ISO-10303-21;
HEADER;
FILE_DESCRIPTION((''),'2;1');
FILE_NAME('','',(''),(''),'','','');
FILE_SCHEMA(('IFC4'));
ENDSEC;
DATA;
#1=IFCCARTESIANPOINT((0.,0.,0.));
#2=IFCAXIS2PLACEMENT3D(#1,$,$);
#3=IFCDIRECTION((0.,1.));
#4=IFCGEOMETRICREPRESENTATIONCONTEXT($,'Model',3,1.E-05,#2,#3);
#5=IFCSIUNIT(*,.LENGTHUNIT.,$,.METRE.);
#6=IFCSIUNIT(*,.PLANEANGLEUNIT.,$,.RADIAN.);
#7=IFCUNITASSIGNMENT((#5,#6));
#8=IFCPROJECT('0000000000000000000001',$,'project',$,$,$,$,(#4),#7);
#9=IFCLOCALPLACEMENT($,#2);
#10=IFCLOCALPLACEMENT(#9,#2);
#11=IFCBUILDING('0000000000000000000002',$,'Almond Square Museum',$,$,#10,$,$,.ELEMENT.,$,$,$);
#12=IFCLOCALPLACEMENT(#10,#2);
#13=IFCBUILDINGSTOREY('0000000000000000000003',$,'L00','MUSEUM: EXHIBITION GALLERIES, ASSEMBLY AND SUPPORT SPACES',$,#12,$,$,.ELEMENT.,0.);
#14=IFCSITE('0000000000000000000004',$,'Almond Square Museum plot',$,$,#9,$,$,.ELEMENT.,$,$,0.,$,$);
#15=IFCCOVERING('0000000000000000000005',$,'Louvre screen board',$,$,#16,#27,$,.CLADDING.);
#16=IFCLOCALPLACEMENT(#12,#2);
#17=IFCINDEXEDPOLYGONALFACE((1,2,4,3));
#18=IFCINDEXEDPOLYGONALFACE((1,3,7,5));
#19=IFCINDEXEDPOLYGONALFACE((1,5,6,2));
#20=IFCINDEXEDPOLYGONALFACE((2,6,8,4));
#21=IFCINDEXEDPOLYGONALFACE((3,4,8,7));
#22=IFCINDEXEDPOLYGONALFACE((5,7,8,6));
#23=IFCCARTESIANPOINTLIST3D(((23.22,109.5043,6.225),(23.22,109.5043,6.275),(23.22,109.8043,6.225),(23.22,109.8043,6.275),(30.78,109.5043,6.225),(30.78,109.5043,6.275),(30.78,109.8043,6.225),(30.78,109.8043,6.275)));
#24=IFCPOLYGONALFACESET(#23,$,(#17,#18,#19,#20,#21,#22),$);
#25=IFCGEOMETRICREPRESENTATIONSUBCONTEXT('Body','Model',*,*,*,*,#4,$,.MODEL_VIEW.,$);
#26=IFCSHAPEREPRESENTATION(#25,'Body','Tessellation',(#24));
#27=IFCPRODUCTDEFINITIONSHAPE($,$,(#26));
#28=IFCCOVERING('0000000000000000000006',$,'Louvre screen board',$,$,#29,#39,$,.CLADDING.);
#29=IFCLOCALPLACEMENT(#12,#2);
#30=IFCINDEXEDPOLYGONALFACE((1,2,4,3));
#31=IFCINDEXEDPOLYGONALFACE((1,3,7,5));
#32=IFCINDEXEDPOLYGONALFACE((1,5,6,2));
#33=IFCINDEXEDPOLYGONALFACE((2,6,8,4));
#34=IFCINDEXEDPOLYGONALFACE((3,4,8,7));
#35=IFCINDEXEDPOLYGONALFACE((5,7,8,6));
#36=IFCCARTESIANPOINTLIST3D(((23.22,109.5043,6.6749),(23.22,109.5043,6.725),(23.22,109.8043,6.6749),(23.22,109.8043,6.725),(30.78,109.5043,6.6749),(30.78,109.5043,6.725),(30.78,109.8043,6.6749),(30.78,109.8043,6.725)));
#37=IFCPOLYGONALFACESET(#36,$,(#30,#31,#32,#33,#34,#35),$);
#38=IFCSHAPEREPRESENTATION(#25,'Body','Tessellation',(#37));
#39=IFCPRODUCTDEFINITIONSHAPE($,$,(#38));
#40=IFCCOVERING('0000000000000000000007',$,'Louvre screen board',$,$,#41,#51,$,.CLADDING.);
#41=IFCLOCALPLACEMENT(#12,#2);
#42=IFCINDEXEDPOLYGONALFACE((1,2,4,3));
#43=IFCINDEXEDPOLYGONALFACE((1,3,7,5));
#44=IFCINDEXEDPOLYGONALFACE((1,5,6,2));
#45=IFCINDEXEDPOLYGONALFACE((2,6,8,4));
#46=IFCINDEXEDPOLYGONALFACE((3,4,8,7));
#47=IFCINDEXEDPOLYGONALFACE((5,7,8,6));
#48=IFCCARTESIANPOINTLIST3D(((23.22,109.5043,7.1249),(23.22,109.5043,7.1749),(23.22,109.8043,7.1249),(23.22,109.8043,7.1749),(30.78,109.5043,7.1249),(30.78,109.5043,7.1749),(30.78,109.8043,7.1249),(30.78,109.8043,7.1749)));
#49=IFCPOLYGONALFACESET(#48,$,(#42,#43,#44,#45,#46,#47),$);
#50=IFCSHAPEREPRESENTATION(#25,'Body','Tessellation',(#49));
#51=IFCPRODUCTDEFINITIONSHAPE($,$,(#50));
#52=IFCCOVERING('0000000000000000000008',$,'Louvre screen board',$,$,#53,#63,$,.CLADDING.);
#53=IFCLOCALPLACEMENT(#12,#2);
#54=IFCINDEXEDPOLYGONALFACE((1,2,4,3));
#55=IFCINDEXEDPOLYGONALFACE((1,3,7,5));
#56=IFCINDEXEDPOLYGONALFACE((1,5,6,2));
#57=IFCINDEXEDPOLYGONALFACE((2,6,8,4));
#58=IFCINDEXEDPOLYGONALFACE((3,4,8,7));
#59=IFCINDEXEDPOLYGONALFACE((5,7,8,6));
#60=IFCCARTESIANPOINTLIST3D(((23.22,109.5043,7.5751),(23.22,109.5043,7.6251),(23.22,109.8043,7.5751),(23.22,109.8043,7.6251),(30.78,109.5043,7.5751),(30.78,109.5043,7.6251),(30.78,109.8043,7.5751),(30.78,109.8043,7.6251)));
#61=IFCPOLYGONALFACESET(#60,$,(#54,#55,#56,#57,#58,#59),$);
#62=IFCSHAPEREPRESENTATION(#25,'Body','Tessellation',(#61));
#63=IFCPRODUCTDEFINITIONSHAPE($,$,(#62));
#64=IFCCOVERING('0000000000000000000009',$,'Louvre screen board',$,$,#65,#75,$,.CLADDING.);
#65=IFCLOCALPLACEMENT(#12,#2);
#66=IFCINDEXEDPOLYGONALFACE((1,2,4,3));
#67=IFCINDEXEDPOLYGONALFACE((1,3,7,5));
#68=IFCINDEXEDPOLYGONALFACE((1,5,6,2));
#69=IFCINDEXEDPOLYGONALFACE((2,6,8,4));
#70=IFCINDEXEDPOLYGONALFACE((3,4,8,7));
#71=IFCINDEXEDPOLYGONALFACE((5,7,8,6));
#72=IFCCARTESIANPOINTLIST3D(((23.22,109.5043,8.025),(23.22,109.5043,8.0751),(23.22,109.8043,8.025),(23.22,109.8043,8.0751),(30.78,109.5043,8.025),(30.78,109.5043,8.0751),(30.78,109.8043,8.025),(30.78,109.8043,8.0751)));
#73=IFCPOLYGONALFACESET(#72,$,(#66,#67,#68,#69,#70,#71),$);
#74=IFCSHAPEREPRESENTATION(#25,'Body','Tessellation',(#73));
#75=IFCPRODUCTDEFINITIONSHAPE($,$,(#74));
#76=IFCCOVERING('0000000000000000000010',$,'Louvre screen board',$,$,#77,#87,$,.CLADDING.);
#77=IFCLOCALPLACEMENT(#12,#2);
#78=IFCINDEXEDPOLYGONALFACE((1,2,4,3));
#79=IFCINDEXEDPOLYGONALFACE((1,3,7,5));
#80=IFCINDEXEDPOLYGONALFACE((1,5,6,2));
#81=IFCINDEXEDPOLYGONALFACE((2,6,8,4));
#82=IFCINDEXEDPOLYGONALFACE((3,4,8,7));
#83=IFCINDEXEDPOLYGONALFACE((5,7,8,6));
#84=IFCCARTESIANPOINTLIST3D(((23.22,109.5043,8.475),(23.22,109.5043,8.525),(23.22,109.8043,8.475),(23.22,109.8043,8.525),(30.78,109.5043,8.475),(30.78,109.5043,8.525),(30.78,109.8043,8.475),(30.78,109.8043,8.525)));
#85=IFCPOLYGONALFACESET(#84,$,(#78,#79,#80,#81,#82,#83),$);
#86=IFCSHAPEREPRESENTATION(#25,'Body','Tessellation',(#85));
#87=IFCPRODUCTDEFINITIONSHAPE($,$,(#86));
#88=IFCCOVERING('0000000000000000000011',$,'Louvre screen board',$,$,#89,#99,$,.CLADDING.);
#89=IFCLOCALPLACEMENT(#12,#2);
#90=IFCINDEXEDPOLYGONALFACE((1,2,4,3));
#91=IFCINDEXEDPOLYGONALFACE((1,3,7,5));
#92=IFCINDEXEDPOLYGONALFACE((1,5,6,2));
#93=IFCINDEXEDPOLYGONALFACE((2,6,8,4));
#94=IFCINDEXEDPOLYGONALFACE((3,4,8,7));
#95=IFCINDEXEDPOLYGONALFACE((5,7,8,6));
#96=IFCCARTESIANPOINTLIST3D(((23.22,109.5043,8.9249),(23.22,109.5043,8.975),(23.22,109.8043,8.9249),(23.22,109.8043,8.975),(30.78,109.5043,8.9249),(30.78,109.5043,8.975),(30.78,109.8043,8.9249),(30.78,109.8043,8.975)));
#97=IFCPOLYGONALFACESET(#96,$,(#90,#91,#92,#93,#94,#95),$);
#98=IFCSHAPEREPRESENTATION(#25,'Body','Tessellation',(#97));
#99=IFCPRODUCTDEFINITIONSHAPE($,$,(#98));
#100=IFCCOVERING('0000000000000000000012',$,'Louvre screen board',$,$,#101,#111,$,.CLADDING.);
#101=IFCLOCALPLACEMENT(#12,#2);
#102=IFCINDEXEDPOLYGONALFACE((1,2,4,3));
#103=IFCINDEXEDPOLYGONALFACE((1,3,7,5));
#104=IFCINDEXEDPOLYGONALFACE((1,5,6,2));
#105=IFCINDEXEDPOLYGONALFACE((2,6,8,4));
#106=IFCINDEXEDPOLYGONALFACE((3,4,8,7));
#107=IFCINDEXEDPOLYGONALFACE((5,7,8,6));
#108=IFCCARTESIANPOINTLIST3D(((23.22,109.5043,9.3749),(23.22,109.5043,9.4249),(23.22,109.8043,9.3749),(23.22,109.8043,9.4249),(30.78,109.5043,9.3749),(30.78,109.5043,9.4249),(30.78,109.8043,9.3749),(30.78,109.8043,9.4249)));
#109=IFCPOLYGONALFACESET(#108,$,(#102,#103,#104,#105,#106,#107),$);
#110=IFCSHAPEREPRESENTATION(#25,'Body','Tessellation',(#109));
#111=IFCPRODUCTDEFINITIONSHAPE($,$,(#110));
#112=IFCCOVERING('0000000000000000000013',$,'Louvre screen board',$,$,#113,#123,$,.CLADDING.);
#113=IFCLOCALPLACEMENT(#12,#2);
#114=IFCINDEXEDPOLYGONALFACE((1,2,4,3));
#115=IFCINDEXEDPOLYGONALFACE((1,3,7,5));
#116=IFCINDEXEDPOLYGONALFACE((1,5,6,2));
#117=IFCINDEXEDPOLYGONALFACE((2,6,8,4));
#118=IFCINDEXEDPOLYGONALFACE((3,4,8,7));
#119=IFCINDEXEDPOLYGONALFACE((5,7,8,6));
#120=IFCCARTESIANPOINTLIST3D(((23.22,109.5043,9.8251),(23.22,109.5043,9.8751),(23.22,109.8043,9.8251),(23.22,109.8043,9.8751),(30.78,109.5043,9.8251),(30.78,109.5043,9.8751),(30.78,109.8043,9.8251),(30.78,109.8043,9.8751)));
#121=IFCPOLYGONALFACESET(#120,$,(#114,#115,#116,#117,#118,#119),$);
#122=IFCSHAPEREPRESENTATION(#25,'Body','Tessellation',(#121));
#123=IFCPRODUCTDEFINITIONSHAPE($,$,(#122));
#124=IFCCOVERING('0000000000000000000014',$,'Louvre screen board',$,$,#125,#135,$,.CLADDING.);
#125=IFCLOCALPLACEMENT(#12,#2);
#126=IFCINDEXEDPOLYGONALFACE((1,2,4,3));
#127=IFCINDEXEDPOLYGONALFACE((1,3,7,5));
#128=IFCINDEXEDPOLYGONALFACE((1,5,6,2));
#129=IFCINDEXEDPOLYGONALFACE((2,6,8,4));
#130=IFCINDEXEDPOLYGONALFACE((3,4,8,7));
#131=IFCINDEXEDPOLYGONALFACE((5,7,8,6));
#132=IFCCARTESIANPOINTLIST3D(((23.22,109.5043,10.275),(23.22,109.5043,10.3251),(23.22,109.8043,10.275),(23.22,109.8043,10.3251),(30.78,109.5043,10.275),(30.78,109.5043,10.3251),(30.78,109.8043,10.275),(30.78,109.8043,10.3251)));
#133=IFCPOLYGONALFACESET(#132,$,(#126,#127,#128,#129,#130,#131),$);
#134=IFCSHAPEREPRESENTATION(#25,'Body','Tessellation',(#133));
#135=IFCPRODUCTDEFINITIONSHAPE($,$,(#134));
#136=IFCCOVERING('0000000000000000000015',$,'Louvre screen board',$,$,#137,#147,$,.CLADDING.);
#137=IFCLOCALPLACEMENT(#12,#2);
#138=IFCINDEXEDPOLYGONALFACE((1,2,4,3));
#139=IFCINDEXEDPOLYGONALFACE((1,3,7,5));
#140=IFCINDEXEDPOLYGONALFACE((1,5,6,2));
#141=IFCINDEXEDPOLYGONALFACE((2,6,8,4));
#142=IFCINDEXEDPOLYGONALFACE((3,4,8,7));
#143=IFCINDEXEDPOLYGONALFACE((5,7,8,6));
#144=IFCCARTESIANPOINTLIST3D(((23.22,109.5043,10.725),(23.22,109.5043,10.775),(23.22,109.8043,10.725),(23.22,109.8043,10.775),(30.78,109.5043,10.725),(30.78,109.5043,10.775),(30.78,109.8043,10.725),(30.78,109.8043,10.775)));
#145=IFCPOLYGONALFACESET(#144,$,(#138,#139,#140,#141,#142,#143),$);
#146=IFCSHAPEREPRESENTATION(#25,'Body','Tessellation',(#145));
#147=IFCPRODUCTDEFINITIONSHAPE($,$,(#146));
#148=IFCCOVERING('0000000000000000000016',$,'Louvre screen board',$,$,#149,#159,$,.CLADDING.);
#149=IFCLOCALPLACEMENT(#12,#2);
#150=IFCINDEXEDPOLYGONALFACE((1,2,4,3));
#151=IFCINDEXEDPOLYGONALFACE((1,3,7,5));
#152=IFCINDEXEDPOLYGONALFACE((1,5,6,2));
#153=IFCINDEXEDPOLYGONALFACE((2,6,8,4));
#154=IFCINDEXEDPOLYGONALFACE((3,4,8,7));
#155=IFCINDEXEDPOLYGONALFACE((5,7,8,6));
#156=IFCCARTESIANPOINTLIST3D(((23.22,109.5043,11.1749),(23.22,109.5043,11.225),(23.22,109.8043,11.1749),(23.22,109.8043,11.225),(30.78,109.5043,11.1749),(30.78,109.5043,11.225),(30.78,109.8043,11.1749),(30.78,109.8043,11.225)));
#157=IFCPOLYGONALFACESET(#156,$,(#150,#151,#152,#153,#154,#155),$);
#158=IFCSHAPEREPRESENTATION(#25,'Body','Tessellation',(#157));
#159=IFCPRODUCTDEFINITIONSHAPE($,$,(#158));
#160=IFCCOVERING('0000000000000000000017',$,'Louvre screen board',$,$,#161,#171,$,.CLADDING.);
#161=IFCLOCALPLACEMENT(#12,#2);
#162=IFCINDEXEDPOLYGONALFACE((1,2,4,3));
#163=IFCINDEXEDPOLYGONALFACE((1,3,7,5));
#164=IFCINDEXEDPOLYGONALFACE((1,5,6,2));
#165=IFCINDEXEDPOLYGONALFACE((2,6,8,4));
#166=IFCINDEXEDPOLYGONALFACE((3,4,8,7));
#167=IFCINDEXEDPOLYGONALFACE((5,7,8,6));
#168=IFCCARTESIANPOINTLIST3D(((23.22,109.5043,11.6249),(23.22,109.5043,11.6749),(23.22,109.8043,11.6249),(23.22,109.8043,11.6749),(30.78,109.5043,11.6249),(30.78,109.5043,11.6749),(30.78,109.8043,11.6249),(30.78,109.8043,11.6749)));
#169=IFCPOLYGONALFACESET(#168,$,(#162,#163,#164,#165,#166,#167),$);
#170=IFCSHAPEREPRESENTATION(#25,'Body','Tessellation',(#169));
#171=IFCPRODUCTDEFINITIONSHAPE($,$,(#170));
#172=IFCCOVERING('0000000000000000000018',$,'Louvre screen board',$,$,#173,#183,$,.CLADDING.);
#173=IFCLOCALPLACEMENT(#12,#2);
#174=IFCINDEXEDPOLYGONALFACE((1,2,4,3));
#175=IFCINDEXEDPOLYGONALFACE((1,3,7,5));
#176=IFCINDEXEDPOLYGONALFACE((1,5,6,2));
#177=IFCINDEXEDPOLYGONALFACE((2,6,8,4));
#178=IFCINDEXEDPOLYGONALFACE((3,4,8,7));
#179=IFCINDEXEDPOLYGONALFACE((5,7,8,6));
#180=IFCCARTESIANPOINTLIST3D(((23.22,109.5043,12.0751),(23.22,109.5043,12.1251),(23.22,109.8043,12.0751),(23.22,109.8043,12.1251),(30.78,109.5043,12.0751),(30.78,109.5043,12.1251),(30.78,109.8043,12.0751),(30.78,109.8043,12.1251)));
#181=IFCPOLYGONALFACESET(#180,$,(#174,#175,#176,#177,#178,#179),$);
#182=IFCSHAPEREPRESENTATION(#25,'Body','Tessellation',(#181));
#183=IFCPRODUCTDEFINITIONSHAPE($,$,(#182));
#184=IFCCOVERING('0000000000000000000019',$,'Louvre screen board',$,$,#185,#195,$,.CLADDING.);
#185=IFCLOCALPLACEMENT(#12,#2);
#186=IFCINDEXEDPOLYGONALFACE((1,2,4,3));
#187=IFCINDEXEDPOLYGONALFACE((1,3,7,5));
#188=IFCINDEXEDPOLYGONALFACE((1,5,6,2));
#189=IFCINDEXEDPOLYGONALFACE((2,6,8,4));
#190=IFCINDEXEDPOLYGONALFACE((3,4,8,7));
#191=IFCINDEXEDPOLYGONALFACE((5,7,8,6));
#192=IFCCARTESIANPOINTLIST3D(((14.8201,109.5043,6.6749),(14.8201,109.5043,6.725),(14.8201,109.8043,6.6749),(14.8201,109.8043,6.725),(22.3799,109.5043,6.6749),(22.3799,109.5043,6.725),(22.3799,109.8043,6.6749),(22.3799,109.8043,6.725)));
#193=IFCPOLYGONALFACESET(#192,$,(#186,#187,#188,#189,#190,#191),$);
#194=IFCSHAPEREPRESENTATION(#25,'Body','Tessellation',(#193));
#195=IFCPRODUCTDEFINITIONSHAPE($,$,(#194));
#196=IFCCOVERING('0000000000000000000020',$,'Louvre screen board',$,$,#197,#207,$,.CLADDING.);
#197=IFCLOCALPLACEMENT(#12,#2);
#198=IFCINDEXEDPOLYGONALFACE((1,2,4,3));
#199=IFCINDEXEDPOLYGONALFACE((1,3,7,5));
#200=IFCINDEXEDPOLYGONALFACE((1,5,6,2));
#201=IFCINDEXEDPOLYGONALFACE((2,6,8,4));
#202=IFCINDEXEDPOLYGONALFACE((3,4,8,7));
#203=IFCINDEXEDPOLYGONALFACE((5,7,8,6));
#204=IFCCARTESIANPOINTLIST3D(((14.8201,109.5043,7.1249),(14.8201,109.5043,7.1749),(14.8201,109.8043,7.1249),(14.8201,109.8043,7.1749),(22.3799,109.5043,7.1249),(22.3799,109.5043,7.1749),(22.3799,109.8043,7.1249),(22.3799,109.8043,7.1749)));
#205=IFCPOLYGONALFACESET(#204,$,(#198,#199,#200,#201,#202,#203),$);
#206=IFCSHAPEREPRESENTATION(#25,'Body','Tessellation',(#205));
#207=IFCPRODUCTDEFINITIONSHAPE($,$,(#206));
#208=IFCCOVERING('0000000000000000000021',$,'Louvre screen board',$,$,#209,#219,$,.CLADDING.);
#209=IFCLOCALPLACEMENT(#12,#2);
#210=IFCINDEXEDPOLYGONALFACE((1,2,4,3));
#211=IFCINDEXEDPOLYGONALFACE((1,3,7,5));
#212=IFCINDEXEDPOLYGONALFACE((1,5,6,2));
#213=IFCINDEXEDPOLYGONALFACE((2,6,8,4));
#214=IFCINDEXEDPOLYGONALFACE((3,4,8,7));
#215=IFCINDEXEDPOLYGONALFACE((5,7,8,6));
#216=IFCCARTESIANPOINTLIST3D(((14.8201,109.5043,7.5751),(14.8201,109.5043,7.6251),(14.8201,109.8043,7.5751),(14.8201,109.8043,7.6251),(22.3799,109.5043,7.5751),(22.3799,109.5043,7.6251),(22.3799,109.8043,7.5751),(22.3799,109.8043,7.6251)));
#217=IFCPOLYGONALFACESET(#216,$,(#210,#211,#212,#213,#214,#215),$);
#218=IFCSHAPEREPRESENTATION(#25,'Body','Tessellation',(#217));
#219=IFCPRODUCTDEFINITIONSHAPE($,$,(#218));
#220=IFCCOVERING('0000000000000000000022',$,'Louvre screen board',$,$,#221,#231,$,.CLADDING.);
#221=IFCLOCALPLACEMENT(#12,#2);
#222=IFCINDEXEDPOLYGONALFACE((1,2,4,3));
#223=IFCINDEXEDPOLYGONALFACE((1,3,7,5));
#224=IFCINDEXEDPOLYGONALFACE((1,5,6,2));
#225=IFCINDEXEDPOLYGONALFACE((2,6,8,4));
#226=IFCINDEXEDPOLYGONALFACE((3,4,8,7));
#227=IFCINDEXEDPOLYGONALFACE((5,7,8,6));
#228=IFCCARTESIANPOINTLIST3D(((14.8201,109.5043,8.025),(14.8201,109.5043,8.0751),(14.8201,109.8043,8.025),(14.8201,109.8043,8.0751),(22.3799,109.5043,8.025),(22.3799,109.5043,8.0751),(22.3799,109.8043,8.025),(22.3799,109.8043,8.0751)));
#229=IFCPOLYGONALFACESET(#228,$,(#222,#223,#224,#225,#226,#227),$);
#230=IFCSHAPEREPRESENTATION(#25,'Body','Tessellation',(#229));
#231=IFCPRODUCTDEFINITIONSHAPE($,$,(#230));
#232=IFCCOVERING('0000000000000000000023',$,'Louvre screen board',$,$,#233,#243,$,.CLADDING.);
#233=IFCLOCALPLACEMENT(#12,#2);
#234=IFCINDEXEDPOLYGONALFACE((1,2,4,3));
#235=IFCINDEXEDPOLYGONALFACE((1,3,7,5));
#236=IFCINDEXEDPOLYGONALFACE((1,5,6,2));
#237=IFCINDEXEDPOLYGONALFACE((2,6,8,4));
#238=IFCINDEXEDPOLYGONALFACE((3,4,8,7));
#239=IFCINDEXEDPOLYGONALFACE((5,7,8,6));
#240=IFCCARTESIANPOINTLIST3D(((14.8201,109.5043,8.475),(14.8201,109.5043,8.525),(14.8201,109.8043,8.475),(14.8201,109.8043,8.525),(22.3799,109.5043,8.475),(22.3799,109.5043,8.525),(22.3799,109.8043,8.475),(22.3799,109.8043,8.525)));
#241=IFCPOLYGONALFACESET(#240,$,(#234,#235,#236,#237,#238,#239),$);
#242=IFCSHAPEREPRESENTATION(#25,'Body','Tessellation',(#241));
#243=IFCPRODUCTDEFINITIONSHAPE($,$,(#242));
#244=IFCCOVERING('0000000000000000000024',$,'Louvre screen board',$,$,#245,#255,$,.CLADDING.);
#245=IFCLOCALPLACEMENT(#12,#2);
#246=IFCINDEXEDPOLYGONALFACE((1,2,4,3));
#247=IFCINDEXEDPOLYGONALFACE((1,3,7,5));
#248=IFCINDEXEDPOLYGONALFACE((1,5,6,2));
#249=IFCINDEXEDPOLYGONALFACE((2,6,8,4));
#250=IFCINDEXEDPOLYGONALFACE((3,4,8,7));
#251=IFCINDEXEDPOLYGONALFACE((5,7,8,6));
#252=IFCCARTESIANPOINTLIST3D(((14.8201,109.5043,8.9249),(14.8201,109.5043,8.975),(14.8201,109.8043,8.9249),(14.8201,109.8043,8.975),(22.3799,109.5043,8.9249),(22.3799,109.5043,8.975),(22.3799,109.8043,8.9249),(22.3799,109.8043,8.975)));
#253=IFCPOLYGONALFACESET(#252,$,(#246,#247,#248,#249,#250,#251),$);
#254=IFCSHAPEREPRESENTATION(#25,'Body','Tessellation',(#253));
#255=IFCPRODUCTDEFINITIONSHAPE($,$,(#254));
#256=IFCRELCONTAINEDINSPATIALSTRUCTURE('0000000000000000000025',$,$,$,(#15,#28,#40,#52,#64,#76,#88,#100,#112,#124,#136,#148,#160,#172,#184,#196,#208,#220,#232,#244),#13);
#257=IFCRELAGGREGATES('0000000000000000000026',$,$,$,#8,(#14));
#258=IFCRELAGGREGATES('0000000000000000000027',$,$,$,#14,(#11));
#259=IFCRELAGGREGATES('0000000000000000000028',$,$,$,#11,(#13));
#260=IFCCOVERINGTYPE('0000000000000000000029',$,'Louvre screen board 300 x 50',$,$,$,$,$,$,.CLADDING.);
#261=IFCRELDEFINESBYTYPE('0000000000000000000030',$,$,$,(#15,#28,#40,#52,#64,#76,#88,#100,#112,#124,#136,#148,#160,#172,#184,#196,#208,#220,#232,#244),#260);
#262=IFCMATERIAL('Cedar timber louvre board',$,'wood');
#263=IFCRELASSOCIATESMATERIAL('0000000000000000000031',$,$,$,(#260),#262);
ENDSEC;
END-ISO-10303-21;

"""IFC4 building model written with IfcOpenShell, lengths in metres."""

from ifc_helpers import new_model, si_unit, direction, frame, origin, origin_2d, place, context, subcontext, project, spatial, rectangle, extrude, material, material_profile, profile_set, type_object, element, save


model = new_model("IFC4")

# Units and contexts
model_context = context("Model", 3, precision=1e-05, world=origin(), true_north=direction((0.0, 1.0)))
body_context = subcontext(model_context, "Body", "Model", "MODEL_VIEW")
ifc_project = project(units=[si_unit("LENGTHUNIT", "METRE"), si_unit("PLANEANGLEUNIT", "RADIAN")], contexts=[model_context])

# Site, building, storey
site_placement = place(None, origin())
site = spatial("IfcSite", under=ifc_project, at=site_placement, Name="Almond Square Museum plot", CompositionType="ELEMENT", RefElevation=0.0)
building_placement = place(site_placement, origin())
building = spatial("IfcBuilding", under=site, at=building_placement, Name="Almond Square Museum", CompositionType="ELEMENT")
storey_placement = place(building_placement, origin())
storey = spatial("IfcBuildingStorey", under=building, at=storey_placement, Name="L00", Description="MUSEUM: EXHIBITION GALLERIES, ASSEMBLY AND SUPPORT SPACES", CompositionType="ELEMENT", Elevation=0.0)

# Coverings
ifc_material = material(Name="Cedar timber louvre board", Category="wood")
ifc_material_profile = material_profile(ifc_material, rectangle(XDim=0.3, YDim=0.05, at=origin_2d()))
ifc_profile_set = profile_set([ifc_material_profile], Name="Cedar timber louvre board")
covering_type = type_object("IfcCoveringType", Name="Louvre screen board 300 x 50", PredefinedType="CLADDING", material=ifc_profile_set)
for number, where, z_axis, x_axis, name in (
    (1, (23.22, 109.6543, 6.25), (1.0, 0.0, 0.0), (0.0, 1.0, 0.0), "Louvre screen board"),
    (2, (23.22, 109.6543, 6.7), (1.0, 0.0, 0.0), (0.0, 1.0, 0.0), "Louvre screen board"),
    (3, (23.22, 109.6543, 7.1499), (1.0, 0.0, 0.0), (0.0, 1.0, 0.0), "Louvre screen board"),
    (4, (23.22, 109.6543, 7.6001), (1.0, 0.0, 0.0), (0.0, 1.0, 0.0), "Louvre screen board"),
    (5, (23.22, 109.6543, 8.05), (1.0, 0.0, 0.0), (0.0, 1.0, 0.0), "Louvre screen board"),
    (6, (23.22, 109.6543, 8.5), (1.0, 0.0, 0.0), (0.0, 1.0, 0.0), "Louvre screen board"),
    (7, (23.22, 109.6543, 8.95), (1.0, 0.0, 0.0), (0.0, 1.0, 0.0), "Louvre screen board"),
    (8, (23.22, 109.6543, 9.3999), (1.0, 0.0, 0.0), (0.0, 1.0, 0.0), "Louvre screen board"),
    (9, (23.22, 109.6543, 9.8501), (1.0, 0.0, 0.0), (0.0, 1.0, 0.0), "Louvre screen board"),
    (10, (23.22, 109.6543, 10.3), (1.0, 0.0, 0.0), (0.0, 1.0, 0.0), "Louvre screen board"),
    (11, (23.22, 109.6543, 10.75), (1.0, 0.0, 0.0), (0.0, 1.0, 0.0), "Louvre screen board"),
    (12, (23.22, 109.6543, 11.2), (1.0, 0.0, 0.0), (0.0, 1.0, 0.0), "Louvre screen board"),
    (13, (23.22, 109.6543, 11.6499), (1.0, 0.0, 0.0), (0.0, 1.0, 0.0), "Louvre screen board"),
    (14, (23.22, 109.6543, 12.1001), (1.0, 0.0, 0.0), (0.0, 1.0, 0.0), "Louvre screen board"),
):
    element("IfcCovering", number, at=place(storey_placement, frame(where, z_axis=z_axis, x_axis=x_axis)), inside=storey, type_object=covering_type, Name=name, PredefinedType="CLADDING", context=body_context, shape_type="SweptSolid", body=[
        extrude(rectangle(XDim=0.3, YDim=0.05, at=origin_2d()), origin(), (0.0, 0.0, 1.0), 7.5601),
    ])
for number, where, z_axis, x_axis, name in (
    (15, (14.8201, 109.6543, 6.7), (1.0, 0.0, 0.0), (0.0, 1.0, 0.0), "Louvre screen board"),
    (16, (14.8201, 109.6543, 7.1499), (1.0, 0.0, 0.0), (0.0, 1.0, 0.0), "Louvre screen board"),
    (17, (14.8201, 109.6543, 7.6001), (1.0, 0.0, 0.0), (0.0, 1.0, 0.0), "Louvre screen board"),
    (18, (14.8201, 109.6543, 8.05), (1.0, 0.0, 0.0), (0.0, 1.0, 0.0), "Louvre screen board"),
    (19, (14.8201, 109.6543, 8.5), (1.0, 0.0, 0.0), (0.0, 1.0, 0.0), "Louvre screen board"),
    (20, (14.8201, 109.6543, 8.95), (1.0, 0.0, 0.0), (0.0, 1.0, 0.0), "Louvre screen board"),
):
    element("IfcCovering", number, at=place(storey_placement, frame(where, z_axis=z_axis, x_axis=x_axis)), inside=storey, type_object=covering_type, Name=name, PredefinedType="CLADDING", context=body_context, shape_type="SweptSolid", body=[
        extrude(rectangle(XDim=0.3, YDim=0.05, at=origin_2d()), origin(), (0.0, 0.0, 1.0), 7.5598),
    ])

save(model, "model.ifc")
